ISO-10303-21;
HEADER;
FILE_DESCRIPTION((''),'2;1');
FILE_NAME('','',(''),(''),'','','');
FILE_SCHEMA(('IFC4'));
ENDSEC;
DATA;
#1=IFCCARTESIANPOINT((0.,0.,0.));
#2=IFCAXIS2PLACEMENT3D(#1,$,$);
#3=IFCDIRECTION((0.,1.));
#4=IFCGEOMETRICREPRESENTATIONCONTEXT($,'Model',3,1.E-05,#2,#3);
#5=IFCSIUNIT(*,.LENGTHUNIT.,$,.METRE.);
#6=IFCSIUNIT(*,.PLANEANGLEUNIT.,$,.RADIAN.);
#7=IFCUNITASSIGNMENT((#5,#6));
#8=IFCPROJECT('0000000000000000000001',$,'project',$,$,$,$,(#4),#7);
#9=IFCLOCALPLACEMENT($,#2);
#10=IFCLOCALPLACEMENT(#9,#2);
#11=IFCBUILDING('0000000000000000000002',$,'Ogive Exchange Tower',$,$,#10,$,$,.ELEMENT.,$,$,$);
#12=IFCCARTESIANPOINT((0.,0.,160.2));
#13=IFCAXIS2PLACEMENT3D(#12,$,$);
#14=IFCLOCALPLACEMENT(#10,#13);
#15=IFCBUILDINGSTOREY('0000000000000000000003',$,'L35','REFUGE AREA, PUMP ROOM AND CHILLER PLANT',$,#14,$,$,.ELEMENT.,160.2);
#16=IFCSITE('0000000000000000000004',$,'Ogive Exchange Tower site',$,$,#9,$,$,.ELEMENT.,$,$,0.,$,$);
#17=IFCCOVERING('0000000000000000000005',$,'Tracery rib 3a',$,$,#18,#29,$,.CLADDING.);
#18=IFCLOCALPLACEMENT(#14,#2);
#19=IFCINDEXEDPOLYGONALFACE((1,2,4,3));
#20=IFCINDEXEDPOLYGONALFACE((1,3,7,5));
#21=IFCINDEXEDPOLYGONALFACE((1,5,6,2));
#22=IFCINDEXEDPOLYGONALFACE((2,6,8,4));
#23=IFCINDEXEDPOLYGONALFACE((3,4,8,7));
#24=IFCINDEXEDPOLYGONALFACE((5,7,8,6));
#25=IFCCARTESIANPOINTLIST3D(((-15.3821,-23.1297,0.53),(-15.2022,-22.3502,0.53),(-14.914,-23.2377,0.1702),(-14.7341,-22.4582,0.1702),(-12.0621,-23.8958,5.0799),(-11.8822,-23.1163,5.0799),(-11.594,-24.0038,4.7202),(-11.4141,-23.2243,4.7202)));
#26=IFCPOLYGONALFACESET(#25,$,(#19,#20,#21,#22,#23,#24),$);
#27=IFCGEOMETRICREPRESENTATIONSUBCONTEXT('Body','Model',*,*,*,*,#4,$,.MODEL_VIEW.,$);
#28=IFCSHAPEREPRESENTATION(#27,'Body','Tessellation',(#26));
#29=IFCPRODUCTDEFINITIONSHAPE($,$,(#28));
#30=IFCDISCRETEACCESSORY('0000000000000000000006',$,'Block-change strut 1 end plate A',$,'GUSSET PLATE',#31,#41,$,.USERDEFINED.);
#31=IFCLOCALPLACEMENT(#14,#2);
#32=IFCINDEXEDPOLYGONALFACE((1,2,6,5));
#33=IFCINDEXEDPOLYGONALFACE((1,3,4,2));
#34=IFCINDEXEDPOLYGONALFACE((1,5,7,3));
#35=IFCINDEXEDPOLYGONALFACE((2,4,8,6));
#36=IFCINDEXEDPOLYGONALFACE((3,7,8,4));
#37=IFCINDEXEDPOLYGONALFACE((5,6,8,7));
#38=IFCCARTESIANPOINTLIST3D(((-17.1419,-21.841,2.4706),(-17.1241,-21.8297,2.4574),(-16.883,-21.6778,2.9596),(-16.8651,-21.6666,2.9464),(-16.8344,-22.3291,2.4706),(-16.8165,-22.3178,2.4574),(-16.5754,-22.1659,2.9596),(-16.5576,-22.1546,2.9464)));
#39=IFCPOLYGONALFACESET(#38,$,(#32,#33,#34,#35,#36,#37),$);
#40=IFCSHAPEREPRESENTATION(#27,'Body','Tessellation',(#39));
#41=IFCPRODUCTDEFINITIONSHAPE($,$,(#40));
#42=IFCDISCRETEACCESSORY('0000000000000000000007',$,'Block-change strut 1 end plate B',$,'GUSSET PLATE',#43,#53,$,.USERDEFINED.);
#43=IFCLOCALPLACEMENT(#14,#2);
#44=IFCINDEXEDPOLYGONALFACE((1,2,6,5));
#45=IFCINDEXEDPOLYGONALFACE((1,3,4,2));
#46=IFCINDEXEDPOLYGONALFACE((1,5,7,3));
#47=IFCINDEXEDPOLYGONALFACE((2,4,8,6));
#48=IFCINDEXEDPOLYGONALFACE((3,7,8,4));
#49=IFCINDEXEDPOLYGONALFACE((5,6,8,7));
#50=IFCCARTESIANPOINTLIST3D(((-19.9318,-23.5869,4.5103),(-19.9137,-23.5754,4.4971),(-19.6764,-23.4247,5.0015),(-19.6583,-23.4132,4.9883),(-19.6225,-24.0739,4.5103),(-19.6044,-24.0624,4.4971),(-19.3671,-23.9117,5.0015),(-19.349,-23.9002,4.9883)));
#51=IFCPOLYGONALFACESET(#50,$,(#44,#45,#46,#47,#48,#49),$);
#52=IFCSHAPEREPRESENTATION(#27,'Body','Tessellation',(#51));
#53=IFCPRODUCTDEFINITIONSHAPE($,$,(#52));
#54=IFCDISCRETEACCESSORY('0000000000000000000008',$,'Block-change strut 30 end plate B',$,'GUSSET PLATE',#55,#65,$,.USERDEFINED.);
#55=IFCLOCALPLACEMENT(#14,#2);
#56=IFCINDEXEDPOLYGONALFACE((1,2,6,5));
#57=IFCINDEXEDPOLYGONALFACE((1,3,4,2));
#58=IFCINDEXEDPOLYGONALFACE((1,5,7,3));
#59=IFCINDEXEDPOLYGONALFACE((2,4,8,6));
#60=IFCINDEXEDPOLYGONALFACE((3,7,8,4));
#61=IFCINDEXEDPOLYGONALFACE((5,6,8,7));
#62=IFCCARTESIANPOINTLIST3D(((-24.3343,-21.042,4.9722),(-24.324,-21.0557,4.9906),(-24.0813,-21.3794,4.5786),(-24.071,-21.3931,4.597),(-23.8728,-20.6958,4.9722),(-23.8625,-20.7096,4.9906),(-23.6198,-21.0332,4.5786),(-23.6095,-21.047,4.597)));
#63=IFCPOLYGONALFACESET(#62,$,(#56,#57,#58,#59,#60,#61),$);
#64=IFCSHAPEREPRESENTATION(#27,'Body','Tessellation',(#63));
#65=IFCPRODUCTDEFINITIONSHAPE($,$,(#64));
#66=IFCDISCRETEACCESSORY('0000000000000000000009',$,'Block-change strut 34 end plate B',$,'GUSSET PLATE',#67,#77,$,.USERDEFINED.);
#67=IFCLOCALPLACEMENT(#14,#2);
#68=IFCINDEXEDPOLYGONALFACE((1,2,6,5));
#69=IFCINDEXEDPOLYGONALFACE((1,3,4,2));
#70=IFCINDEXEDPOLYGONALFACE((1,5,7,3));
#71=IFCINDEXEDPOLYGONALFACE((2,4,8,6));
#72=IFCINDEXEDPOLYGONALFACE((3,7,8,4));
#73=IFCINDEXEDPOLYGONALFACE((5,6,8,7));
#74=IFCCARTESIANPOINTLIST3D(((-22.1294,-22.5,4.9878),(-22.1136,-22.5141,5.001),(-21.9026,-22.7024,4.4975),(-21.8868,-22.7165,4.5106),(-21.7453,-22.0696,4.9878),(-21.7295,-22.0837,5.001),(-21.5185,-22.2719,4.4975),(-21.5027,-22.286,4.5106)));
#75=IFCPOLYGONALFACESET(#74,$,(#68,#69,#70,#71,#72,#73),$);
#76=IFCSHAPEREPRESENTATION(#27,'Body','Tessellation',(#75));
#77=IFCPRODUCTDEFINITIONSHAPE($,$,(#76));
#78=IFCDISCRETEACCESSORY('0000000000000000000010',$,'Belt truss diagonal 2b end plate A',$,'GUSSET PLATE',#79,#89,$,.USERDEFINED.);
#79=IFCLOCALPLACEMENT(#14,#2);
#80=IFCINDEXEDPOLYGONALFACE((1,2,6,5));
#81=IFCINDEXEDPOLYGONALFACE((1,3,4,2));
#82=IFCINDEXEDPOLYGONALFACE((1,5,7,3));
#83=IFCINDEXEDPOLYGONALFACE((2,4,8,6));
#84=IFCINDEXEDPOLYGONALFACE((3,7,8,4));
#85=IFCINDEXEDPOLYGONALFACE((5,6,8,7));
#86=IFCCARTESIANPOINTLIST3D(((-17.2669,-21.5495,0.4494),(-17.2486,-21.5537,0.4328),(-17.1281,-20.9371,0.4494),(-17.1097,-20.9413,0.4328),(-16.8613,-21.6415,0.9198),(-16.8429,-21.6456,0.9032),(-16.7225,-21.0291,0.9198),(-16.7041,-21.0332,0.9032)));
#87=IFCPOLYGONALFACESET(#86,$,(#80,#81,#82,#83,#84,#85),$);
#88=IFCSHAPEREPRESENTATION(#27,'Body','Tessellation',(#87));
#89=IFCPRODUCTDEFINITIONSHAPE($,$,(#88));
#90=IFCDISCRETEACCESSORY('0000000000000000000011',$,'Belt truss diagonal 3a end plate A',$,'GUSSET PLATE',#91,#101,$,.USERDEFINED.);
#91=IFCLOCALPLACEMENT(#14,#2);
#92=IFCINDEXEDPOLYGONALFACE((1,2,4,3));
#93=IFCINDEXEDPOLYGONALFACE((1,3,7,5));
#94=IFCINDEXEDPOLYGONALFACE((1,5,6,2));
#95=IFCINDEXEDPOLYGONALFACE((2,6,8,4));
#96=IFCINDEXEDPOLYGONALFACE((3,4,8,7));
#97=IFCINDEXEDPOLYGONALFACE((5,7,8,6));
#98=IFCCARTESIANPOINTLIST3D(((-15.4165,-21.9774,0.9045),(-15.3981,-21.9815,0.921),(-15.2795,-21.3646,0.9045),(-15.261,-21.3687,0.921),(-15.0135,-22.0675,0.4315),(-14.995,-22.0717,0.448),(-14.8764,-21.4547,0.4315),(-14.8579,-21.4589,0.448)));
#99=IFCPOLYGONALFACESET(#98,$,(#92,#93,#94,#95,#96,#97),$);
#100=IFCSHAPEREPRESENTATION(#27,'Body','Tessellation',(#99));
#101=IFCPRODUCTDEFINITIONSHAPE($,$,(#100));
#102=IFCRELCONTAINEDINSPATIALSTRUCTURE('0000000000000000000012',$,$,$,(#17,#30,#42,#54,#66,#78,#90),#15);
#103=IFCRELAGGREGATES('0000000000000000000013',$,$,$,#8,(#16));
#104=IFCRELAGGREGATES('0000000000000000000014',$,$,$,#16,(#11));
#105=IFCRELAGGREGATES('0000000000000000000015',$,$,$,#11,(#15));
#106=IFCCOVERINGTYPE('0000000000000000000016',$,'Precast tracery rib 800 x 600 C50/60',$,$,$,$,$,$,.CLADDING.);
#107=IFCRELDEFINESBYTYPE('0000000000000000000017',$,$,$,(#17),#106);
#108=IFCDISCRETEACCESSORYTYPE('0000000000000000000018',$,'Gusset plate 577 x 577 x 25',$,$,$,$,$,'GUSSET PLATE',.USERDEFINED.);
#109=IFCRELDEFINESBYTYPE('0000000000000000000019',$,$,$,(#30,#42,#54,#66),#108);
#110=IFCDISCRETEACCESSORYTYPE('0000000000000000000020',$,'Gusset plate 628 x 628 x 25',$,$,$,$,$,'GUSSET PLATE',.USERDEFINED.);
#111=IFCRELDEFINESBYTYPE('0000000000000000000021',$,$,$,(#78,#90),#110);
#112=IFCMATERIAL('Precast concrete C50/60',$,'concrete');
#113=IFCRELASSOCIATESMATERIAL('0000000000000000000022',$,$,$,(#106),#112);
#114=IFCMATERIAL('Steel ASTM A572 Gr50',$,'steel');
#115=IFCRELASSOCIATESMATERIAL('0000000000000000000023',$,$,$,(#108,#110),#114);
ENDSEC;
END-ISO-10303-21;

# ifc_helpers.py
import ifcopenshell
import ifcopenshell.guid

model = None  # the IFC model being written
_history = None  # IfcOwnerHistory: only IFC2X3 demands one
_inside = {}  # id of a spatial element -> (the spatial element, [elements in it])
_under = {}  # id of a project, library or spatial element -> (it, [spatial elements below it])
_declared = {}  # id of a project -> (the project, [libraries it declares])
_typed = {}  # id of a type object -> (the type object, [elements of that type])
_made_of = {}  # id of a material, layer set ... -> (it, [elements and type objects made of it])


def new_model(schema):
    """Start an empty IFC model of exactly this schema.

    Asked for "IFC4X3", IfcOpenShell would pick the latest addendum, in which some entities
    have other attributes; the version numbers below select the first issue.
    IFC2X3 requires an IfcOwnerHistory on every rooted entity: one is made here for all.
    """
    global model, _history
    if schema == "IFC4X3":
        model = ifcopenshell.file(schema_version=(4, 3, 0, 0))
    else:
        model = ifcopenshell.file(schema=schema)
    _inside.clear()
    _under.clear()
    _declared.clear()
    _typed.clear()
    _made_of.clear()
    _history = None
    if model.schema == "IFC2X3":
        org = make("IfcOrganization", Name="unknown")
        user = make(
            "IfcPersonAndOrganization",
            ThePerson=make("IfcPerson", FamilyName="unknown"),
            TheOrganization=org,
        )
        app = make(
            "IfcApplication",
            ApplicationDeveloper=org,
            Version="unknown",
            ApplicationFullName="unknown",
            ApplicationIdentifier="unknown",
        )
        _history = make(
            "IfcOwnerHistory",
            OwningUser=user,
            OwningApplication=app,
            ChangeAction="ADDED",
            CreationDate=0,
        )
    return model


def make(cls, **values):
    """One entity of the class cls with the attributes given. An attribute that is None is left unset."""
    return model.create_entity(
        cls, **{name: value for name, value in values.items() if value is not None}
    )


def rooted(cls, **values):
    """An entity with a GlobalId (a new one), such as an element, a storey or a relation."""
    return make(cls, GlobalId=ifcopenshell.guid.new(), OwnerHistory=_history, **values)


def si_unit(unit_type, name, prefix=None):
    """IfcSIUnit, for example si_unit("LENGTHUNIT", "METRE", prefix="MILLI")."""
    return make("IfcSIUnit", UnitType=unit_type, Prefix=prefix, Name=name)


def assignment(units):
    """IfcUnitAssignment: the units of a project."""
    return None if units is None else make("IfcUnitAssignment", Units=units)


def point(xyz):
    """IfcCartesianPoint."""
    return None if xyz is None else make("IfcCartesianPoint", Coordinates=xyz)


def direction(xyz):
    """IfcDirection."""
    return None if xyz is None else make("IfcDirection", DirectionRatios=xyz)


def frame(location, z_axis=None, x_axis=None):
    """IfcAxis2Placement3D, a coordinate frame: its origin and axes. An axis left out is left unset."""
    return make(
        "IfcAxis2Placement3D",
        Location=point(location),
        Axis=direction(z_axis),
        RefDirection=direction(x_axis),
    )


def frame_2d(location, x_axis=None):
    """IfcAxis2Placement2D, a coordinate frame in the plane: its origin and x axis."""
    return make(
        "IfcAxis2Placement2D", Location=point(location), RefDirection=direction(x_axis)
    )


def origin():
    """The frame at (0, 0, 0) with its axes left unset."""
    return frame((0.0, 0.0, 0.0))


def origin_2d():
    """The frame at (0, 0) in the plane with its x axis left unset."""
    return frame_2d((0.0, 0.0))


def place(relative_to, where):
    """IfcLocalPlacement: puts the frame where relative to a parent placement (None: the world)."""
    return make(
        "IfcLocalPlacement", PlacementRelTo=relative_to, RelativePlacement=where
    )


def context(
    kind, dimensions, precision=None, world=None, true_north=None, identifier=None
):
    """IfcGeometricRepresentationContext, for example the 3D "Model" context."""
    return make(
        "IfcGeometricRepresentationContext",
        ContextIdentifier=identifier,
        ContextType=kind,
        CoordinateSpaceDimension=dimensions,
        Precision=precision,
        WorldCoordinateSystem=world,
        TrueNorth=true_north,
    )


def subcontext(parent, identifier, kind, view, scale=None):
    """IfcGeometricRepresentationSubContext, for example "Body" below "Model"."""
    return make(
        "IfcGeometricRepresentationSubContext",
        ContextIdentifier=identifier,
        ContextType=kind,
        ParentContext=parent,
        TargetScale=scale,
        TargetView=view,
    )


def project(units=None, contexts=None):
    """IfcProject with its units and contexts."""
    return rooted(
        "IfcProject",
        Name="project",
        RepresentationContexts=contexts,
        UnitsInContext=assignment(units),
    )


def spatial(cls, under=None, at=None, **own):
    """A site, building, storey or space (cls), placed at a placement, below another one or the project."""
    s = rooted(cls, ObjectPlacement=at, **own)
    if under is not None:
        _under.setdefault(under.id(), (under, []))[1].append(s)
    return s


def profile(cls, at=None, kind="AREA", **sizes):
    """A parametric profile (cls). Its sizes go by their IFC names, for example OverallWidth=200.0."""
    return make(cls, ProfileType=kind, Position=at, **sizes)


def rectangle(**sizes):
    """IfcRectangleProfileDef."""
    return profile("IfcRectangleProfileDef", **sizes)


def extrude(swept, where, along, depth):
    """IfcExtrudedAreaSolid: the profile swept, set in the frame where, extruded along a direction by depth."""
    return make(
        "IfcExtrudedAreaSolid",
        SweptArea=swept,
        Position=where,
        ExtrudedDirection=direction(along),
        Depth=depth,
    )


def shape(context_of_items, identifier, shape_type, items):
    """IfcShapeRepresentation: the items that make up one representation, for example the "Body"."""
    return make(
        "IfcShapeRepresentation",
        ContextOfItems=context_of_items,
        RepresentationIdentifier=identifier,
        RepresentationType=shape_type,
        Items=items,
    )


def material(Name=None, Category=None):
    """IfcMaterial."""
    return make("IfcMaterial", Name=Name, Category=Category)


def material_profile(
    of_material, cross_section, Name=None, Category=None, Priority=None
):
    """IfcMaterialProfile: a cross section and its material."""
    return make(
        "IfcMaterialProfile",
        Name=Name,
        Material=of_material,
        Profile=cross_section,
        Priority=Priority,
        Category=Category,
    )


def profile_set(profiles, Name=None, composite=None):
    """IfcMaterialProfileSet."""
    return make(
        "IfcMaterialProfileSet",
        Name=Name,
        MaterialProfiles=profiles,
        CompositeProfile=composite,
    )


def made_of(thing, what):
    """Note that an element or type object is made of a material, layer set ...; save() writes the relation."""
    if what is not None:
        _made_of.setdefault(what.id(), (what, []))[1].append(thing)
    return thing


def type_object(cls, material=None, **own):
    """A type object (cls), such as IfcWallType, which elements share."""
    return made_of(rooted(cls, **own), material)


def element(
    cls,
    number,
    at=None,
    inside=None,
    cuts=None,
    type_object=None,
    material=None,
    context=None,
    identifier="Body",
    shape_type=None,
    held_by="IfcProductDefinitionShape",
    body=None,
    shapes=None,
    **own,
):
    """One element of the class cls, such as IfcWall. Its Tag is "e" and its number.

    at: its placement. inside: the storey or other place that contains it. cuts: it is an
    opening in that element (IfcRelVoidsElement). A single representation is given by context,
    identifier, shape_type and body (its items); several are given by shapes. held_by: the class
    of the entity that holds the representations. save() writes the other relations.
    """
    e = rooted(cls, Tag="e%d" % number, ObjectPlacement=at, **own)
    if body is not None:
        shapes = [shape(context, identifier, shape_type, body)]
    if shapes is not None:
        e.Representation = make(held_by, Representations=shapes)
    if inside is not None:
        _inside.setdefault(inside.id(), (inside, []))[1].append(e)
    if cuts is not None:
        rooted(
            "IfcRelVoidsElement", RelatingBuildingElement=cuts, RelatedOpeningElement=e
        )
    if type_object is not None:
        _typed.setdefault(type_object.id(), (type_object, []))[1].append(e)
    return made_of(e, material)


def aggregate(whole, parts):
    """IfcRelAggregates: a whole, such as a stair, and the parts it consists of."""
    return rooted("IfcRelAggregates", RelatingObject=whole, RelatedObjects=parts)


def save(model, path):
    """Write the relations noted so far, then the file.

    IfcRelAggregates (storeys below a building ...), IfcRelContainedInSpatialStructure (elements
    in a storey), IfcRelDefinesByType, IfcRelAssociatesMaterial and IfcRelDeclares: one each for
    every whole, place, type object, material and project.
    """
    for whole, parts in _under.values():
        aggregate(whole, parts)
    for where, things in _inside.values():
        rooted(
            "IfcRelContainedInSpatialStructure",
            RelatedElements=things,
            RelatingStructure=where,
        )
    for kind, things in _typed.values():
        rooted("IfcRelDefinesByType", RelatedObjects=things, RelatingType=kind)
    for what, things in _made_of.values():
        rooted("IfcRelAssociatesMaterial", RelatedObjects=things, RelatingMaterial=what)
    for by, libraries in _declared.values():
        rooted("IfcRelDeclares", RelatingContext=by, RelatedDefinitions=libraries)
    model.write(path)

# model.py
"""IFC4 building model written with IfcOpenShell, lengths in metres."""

from ifc_helpers import new_model, si_unit, direction, frame, origin, origin_2d, place, context, subcontext, project, spatial, rectangle, extrude, material, material_profile, profile_set, type_object, element, save


model = new_model("IFC4")

# Units and contexts
model_context = context("Model", 3, precision=1e-05, world=origin(), true_north=direction((0.0, 1.0)))
body_context = subcontext(model_context, "Body", "Model", "MODEL_VIEW")
ifc_project = project(units=[si_unit("LENGTHUNIT", "METRE"), si_unit("PLANEANGLEUNIT", "RADIAN")], contexts=[model_context])

# Site, building, storey
site_placement = place(None, origin())
site = spatial("IfcSite", under=ifc_project, at=site_placement, Name="Ogive Exchange Tower site", CompositionType="ELEMENT", RefElevation=0.0)
building_placement = place(site_placement, origin())
building = spatial("IfcBuilding", under=site, at=building_placement, Name="Ogive Exchange Tower", CompositionType="ELEMENT")
storey_placement = place(building_placement, frame((0.0, 0.0, 160.2)))
storey = spatial("IfcBuildingStorey", under=building, at=storey_placement, Name="L35", Description="REFUGE AREA, PUMP ROOM AND CHILLER PLANT", CompositionType="ELEMENT", Elevation=160.2)

# Covering
ifc_material_1 = material(Name="Precast concrete C50/60", Category="concrete")
ifc_material_profile_1 = material_profile(ifc_material_1, rectangle(XDim=0.8, YDim=0.6001, at=origin_2d()), Name="RIB 800 x 600")
ifc_profile_set_1 = profile_set([ifc_material_profile_1], Name="Precast concrete C50/60")
covering_type = type_object("IfcCoveringType", Name="Precast tracery rib 800 x 600 C50/60", PredefinedType="CLADDING", material=ifc_profile_set_1)
covering_1_placement = place(storey_placement, frame((-15.0581, -22.7939, 0.3501), z_axis=(0.584064, -0.134774, 0.800441), x_axis=(0.224844, 0.974395, 0.0)))
element("IfcCovering", 1, at=covering_1_placement, inside=storey, type_object=covering_type, Name="Tracery rib 3a", PredefinedType="CLADDING", context=body_context, shape_type="SweptSolid", body=[
    extrude(rectangle(XDim=0.8, YDim=0.6001, at=origin_2d()), origin(), (0.0, 0.0, 1.0), 5.6843),
])

# Discrete accessories
ifc_material_2 = material(Name="Steel ASTM A572 Gr50", Category="steel")
ifc_material_profile_2 = material_profile(ifc_material_2, rectangle(XDim=0.5769, YDim=0.5769, at=origin_2d()), Name="PL 577 x 577 x 25")
ifc_profile_set_2 = profile_set([ifc_material_profile_2], Name="Steel ASTM A572 Gr50")
discrete_accessory_type_1 = type_object("IfcDiscreteAccessoryType", Name="Gusset plate 577 x 577 x 25", ElementType="GUSSET PLATE", PredefinedType="USERDEFINED", material=ifc_profile_set_2)
discrete_accessory_1_placement = place(storey_placement, frame((-16.8408, -21.9922, 2.7019), z_axis=(-0.71717, -0.451915, 0.530509), x_axis=(0.533121, -0.846039, 0.0)))
element("IfcDiscreteAccessory", 2, at=discrete_accessory_1_placement, inside=storey, type_object=discrete_accessory_type_1, Name="Block-change strut 1 end plate A", ObjectType="GUSSET PLATE", PredefinedType="USERDEFINED", context=body_context, shape_type="SweptSolid", body=[
    extrude(rectangle(XDim=0.5769, YDim=0.5769, at=origin_2d()), origin(), (0.0, 0.0, 1.0), 0.0249),
])
for number, where, z_axis, x_axis, name in (
    (3, (-19.6313, -23.7378, 4.7427), (-0.718718, -0.456483, 0.52447), (0.536137, -0.844131, 0.0), "Block-change strut 1 end plate B"),
    (4, (-23.9771, -21.0376, 4.7754), (0.409391, -0.545855, 0.731055), (0.8, 0.6, 0.0), "Block-change strut 30 end plate B"),
):
    element("IfcDiscreteAccessory", number, at=place(storey_placement, frame(where, z_axis=z_axis, x_axis=x_axis)), inside=storey, type_object=discrete_accessory_type_1, Name=name, ObjectType="GUSSET PLATE", PredefinedType="USERDEFINED", context=body_context, shape_type="SweptSolid", body=[
        extrude(rectangle(XDim=0.5769, YDim=0.5769, at=origin_2d()), origin(), (0.0, 0.0, 1.0), 0.0251),
    ])
discrete_accessory_2_placement = place(storey_placement, frame((-21.824, -22.386, 4.7427), z_axis=(0.634184, -0.565887, 0.526861), x_axis=(0.665788, 0.746141, 0.0)))
element("IfcDiscreteAccessory", 5, at=discrete_accessory_2_placement, inside=storey, type_object=discrete_accessory_type_1, Name="Block-change strut 34 end plate B", ObjectType="GUSSET PLATE", PredefinedType="USERDEFINED", context=body_context, shape_type="SweptSolid", body=[
    extrude(rectangle(XDim=0.5769, YDim=0.5769, at=origin_2d()), origin(), (0.0, 0.0, 1.0), 0.0249),
])
ifc_material_profile_3 = material_profile(ifc_material_2, rectangle(XDim=0.6279, YDim=0.6279, at=origin_2d()), Name="PL 628 x 628 x 25")
ifc_profile_set_3 = profile_set([ifc_material_profile_3], Name="Steel ASTM A572 Gr50")
discrete_accessory_type_2 = type_object("IfcDiscreteAccessoryType", Name="Gusset plate 628 x 628 x 25", ElementType="GUSSET PLATE", PredefinedType="USERDEFINED", material=ifc_profile_set_3)
for number, where, z_axis, x_axis, name in (
    (6, (-16.9763, -21.2935, 0.668), (-0.730604, 0.165604, 0.662414), (-0.221059, -0.97526, 0.0), "Belt truss diagonal 2b end plate A"),
    (7, (-15.1465, -21.7161, 0.668), (0.735098, -0.16443, 0.657719), (0.21829, 0.975884, 0.0), "Belt truss diagonal 3a end plate A"),
):
    element("IfcDiscreteAccessory", number, at=place(storey_placement, frame(where, z_axis=z_axis, x_axis=x_axis)), inside=storey, type_object=discrete_accessory_type_2, Name=name, ObjectType="GUSSET PLATE", PredefinedType="USERDEFINED", context=body_context, shape_type="SweptSolid", body=[
        extrude(rectangle(XDim=0.6279, YDim=0.6279, at=origin_2d()), origin(), (0.0, 0.0, 1.0), 0.0251),
    ])

save(model, "model.ifc")
